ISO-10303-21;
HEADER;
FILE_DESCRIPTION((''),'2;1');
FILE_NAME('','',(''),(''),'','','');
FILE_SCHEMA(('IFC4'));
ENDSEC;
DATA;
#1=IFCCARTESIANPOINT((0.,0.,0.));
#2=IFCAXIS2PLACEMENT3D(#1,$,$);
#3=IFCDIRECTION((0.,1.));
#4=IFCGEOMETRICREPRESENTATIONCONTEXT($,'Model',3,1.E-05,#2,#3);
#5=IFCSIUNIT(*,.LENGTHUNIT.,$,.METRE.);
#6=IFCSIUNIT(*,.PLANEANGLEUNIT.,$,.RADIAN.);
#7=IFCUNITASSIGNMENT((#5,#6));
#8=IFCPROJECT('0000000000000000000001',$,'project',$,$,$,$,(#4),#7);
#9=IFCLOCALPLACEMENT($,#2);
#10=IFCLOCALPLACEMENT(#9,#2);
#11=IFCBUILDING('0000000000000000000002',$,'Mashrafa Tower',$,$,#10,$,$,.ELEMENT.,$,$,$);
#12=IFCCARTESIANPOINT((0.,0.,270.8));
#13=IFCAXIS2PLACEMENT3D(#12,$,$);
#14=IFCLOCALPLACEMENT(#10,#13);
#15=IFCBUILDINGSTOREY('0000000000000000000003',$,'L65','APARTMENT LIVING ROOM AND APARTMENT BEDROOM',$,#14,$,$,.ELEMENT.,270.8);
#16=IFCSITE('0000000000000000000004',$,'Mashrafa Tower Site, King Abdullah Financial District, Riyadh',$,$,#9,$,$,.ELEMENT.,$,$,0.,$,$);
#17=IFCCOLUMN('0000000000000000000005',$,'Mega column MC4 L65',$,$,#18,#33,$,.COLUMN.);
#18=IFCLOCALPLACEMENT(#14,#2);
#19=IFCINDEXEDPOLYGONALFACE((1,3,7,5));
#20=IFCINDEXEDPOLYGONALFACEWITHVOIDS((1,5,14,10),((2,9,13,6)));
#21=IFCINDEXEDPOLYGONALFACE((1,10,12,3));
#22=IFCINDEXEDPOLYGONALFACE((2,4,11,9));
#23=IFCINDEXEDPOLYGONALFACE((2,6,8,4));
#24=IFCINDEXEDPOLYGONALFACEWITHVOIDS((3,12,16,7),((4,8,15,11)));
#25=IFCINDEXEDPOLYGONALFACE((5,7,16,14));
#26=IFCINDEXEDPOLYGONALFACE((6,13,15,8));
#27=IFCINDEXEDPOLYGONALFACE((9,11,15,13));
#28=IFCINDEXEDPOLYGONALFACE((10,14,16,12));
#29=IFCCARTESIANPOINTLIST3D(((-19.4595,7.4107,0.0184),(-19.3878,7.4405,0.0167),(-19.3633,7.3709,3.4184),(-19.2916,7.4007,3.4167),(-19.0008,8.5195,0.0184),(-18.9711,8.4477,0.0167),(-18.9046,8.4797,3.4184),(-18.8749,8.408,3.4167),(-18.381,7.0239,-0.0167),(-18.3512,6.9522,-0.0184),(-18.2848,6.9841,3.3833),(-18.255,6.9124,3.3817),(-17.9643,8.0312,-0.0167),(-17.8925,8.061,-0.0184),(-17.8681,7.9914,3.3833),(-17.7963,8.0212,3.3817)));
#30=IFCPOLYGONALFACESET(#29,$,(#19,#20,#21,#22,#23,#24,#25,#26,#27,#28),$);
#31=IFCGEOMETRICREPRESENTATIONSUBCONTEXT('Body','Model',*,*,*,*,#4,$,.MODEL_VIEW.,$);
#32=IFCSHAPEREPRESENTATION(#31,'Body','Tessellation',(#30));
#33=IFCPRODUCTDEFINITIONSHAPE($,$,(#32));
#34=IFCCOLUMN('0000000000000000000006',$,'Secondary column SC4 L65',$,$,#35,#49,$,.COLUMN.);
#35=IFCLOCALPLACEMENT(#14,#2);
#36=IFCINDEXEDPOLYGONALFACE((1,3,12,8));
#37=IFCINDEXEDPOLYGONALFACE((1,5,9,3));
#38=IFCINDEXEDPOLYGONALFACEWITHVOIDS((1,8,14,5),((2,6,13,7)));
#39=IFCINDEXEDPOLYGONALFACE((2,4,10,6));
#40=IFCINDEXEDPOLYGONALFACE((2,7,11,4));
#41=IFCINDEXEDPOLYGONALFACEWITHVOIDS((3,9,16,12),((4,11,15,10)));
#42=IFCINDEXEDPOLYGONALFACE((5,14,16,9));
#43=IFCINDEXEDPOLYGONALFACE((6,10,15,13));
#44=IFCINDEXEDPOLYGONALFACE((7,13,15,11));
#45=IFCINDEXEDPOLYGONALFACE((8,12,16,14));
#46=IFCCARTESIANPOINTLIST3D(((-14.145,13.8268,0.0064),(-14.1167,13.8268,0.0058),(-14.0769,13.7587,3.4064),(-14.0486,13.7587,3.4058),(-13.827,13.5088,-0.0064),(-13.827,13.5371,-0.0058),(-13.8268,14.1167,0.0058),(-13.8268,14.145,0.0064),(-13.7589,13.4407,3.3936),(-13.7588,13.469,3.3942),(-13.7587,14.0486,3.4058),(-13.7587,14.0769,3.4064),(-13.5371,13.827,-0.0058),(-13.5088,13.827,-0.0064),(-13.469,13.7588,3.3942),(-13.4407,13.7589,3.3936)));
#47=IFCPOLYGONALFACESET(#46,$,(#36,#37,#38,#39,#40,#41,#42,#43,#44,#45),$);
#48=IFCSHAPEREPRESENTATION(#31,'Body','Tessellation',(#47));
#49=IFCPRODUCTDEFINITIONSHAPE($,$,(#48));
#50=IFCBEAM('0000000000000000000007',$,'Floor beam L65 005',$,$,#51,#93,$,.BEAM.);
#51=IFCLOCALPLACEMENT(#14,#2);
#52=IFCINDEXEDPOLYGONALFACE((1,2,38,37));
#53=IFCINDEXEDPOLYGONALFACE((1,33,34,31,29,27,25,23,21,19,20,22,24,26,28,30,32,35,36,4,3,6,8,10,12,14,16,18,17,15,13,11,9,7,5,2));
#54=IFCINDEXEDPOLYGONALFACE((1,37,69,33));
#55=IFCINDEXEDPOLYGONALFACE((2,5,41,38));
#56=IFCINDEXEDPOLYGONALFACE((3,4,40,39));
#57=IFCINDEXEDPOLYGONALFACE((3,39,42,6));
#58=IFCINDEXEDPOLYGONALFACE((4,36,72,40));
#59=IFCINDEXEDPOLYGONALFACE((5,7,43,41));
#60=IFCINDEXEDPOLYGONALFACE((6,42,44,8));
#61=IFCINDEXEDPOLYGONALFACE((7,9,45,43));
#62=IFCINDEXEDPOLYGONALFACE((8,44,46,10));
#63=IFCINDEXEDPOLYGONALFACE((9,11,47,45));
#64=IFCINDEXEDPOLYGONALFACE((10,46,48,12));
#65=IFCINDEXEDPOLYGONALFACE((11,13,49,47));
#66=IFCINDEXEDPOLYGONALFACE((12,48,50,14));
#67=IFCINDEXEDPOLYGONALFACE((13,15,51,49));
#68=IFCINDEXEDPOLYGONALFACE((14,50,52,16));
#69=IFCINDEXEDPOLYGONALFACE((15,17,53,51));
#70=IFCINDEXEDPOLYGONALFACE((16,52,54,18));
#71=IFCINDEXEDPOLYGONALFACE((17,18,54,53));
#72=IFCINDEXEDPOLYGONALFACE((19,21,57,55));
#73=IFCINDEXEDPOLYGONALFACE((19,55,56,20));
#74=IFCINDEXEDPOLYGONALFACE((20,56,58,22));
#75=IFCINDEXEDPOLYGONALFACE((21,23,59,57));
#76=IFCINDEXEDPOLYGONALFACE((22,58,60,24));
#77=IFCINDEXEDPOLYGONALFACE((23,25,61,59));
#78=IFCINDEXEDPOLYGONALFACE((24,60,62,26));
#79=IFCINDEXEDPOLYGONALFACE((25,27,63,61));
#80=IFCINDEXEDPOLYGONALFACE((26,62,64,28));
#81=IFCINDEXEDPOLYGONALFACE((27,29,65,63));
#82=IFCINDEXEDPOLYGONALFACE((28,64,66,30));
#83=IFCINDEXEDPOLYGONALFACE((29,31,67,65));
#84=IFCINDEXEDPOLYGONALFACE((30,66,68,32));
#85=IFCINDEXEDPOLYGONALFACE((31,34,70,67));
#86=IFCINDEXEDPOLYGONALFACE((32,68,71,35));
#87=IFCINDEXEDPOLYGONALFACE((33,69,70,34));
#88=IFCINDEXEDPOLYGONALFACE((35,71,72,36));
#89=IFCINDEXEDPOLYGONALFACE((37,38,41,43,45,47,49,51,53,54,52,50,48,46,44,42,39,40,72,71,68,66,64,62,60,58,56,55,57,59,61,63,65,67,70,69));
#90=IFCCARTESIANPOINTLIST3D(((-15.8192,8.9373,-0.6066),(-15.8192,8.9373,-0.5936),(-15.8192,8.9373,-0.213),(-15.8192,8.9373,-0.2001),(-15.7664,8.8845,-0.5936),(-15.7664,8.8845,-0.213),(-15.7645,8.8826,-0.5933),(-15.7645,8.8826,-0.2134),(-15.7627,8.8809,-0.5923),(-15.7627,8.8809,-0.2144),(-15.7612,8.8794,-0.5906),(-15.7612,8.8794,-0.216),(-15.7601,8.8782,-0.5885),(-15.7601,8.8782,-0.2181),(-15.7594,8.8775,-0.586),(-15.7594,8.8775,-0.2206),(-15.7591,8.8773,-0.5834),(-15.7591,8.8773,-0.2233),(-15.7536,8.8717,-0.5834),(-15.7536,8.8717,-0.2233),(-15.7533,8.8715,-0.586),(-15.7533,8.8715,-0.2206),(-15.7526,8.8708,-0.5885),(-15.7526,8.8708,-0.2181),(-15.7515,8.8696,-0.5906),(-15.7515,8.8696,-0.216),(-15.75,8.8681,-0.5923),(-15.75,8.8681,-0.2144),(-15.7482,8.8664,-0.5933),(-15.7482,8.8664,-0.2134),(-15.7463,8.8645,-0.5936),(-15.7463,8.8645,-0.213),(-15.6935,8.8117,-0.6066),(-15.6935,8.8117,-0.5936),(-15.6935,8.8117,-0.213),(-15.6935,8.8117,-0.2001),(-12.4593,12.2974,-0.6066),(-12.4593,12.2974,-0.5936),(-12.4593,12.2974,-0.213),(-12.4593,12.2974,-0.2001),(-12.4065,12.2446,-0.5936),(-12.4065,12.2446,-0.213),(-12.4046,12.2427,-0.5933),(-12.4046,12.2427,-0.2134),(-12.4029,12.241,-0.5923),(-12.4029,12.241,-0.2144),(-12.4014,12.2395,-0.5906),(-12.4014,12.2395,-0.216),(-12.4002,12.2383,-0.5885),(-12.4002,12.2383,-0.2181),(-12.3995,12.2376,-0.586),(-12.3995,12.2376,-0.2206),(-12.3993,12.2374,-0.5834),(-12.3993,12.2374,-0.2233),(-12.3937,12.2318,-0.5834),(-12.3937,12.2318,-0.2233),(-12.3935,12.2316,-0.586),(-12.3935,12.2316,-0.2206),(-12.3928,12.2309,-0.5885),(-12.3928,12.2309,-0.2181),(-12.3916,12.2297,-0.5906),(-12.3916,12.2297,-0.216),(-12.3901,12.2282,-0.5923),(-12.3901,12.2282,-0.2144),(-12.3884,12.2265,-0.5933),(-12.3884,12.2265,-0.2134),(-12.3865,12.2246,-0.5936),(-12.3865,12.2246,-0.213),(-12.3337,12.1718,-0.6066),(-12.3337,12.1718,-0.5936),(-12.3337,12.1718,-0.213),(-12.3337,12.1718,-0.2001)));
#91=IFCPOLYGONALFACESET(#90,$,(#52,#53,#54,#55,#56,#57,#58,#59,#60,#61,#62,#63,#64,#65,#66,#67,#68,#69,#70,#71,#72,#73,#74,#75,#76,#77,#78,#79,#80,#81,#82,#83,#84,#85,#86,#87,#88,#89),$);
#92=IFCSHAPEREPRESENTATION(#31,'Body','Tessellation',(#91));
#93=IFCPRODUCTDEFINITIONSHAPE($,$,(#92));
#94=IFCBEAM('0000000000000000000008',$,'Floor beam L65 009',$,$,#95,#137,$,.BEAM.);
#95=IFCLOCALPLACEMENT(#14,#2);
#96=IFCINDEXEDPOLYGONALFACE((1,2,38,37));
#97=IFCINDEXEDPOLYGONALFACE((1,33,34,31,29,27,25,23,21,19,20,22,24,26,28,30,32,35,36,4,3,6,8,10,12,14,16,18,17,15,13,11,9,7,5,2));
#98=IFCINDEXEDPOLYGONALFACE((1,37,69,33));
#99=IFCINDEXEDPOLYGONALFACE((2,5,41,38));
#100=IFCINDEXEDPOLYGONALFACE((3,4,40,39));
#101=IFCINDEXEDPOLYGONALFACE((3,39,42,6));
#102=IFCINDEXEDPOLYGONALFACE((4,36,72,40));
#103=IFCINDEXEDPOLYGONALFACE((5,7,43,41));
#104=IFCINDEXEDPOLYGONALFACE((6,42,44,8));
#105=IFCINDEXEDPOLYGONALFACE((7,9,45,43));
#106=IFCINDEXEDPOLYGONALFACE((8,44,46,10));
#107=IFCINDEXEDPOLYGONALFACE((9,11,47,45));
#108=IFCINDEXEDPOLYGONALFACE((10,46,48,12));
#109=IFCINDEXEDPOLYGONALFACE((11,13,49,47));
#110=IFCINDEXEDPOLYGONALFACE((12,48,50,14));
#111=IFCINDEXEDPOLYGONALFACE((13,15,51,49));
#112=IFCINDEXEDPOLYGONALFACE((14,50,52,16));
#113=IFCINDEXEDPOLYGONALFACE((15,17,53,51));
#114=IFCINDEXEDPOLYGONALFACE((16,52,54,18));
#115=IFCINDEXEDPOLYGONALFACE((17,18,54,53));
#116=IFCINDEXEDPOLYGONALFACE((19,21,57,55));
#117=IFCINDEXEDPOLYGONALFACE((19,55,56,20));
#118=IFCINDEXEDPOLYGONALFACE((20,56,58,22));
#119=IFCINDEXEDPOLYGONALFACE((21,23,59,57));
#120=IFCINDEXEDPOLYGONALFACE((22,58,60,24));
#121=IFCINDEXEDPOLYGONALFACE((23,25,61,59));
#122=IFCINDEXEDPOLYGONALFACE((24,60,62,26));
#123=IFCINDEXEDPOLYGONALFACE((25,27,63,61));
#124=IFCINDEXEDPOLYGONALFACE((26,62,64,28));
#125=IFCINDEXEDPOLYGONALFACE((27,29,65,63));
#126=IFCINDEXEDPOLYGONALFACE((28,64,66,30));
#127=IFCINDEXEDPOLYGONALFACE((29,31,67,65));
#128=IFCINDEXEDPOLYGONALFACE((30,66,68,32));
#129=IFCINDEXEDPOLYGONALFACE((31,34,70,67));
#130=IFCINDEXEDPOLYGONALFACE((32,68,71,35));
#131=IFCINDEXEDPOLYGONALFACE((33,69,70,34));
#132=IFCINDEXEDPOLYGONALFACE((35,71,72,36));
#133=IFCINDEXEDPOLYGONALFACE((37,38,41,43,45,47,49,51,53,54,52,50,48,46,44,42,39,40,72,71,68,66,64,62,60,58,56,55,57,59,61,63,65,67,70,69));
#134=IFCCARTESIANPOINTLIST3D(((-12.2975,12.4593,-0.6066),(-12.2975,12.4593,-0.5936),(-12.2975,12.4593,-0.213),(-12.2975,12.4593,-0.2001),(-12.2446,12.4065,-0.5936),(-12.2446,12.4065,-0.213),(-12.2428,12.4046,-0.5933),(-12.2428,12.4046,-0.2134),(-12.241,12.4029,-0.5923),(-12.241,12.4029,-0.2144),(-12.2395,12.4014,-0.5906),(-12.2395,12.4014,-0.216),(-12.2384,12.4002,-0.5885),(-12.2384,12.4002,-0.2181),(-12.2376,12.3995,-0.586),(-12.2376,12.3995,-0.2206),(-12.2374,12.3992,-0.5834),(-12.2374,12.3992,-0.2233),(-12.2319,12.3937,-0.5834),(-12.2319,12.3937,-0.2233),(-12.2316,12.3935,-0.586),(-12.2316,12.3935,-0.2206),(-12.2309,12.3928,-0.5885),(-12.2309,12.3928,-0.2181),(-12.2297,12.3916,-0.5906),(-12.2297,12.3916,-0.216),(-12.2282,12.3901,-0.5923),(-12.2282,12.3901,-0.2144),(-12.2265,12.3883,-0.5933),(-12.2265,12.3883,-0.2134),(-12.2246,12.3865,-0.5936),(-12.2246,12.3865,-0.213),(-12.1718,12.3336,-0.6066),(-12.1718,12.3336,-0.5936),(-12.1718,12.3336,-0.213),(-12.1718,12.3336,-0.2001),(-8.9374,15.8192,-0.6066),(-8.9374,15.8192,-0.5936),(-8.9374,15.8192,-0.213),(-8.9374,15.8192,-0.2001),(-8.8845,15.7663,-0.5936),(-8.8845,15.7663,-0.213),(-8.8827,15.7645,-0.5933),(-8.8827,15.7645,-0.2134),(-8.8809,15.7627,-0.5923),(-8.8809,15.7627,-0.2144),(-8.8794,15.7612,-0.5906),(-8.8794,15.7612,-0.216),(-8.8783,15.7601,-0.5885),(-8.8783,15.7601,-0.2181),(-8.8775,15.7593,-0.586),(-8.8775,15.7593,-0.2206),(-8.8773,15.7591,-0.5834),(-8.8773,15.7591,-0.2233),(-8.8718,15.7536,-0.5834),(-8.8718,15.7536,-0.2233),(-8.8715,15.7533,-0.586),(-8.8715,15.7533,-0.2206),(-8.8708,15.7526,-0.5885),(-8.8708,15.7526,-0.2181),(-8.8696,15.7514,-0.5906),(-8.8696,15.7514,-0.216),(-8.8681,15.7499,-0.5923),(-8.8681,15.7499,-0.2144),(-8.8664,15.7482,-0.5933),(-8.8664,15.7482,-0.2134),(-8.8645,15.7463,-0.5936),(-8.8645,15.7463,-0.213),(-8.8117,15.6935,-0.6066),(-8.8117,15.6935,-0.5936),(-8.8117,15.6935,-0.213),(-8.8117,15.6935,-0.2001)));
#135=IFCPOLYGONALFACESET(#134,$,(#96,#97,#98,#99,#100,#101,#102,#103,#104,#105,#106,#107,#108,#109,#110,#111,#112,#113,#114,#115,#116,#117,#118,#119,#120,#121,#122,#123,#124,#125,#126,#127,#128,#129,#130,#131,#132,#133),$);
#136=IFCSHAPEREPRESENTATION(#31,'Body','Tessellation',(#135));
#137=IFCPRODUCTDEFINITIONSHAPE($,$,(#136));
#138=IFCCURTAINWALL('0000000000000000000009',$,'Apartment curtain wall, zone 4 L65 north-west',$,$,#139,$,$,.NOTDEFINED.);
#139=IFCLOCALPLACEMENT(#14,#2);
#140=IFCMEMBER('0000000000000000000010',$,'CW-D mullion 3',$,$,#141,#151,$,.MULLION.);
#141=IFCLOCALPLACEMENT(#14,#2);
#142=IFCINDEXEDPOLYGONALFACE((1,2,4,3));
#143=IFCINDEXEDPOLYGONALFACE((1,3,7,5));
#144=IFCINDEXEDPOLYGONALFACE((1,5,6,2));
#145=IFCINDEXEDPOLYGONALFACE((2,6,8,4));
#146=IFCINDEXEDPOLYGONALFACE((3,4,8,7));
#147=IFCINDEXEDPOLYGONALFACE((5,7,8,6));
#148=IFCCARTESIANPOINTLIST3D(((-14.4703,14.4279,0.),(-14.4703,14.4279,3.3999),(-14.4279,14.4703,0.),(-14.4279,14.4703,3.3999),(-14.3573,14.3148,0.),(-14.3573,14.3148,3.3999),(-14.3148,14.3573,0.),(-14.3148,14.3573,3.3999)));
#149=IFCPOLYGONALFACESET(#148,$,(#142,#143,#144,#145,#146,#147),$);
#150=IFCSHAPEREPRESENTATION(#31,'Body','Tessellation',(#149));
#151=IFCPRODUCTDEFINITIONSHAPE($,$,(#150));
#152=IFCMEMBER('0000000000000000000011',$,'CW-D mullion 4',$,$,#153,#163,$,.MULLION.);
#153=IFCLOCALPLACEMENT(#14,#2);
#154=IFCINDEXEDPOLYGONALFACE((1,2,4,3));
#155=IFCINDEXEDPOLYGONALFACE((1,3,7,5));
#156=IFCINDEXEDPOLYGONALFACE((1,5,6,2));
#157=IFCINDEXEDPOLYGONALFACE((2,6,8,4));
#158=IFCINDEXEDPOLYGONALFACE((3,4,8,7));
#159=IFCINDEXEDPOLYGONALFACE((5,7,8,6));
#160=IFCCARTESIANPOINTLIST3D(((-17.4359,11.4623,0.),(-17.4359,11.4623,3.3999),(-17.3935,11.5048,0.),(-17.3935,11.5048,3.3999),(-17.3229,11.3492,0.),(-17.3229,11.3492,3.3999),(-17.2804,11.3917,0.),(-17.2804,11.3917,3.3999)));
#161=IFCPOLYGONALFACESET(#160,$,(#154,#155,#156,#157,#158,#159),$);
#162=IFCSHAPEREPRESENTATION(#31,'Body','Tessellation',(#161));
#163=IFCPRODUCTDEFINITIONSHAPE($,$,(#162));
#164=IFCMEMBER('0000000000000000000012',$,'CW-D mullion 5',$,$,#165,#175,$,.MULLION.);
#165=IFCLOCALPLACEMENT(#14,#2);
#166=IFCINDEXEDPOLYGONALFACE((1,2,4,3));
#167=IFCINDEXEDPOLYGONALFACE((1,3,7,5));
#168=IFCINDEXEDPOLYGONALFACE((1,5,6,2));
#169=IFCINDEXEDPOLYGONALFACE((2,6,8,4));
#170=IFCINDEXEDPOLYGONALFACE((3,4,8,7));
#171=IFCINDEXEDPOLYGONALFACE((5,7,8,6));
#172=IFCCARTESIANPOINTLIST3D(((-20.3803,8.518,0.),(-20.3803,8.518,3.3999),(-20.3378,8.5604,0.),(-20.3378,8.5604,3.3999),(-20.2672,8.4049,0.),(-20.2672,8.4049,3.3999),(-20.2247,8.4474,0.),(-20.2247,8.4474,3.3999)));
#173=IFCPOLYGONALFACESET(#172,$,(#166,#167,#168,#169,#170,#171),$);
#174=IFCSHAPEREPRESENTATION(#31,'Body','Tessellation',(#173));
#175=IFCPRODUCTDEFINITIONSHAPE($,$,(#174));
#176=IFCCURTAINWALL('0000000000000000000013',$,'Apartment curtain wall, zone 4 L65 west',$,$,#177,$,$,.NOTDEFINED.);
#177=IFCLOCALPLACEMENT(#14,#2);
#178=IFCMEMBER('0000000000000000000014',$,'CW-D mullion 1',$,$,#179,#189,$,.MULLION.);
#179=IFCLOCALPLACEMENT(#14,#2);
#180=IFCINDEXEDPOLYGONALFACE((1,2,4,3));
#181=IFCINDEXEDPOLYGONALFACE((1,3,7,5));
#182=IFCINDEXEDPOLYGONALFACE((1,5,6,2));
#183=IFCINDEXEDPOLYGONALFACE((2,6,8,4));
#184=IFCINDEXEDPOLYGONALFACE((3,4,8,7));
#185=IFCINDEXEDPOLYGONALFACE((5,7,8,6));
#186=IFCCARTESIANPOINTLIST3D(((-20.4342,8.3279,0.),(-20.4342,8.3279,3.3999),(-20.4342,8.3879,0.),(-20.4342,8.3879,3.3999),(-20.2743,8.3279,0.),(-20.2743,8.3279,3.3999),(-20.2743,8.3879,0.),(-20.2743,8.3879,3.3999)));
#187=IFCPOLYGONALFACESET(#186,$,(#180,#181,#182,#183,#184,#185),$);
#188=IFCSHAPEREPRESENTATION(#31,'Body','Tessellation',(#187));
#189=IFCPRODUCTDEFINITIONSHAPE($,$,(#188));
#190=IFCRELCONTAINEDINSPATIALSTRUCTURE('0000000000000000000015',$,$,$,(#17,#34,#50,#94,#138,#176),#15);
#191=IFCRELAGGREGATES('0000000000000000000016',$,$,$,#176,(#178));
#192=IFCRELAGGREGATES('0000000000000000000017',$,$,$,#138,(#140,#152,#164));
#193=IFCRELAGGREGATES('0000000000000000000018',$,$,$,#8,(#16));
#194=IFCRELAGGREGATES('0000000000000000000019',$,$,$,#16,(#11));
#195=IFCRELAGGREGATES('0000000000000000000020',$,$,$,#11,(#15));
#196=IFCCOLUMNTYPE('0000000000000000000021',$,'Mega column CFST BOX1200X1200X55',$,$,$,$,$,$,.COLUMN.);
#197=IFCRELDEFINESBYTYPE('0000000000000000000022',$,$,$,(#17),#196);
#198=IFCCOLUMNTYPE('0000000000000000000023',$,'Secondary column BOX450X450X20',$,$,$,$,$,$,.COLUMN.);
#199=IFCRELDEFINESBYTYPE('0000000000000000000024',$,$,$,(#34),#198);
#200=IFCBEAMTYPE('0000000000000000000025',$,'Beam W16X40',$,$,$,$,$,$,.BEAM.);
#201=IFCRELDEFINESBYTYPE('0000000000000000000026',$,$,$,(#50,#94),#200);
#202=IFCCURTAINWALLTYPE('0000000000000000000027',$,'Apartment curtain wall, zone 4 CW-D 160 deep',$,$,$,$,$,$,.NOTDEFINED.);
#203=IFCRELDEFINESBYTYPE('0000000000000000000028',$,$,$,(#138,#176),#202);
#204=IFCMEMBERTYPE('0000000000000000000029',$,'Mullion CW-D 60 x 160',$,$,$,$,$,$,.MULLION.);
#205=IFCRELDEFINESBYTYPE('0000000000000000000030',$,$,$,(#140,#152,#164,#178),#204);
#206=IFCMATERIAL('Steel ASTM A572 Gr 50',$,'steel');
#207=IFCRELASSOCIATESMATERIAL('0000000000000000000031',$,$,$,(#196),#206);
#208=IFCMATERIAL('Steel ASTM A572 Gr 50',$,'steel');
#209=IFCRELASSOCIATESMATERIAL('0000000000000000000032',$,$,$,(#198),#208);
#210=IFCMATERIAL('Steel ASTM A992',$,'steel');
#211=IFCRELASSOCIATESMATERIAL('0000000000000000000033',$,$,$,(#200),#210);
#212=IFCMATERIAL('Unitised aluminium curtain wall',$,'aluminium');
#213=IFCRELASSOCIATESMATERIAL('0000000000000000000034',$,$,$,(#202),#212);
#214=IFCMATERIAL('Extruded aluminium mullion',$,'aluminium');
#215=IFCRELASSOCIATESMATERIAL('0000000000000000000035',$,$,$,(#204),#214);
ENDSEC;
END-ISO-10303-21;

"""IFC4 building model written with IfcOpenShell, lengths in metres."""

from ifc_helpers import new_model, si_unit, direction, frame, origin, origin_2d, place, context, subcontext, project, spatial, rectangle, hollow_rectangle, i_section, extrude, source, transform, mapped, material, material_profile, profile_set, type_object, type_shapes, element, aggregate, save


model = new_model("IFC4")

# Units and contexts
model_context = context("Model", 3, precision=1e-05, world=origin(), true_north=direction((0.0, 1.0)))
body_context = subcontext(model_context, "Body", "Model", "MODEL_VIEW")
ifc_project = project(units=[si_unit("LENGTHUNIT", "METRE"), si_unit("PLANEANGLEUNIT", "RADIAN")], contexts=[model_context])

# Site, building, storey
site_placement = place(None, origin())
site = spatial("IfcSite", under=ifc_project, at=site_placement, Name="Mashrafa Tower Site, King Abdullah Financial District, Riyadh", CompositionType="ELEMENT", RefElevation=0.0)
building_placement = place(site_placement, origin())
building = spatial("IfcBuilding", under=site, at=building_placement, Name="Mashrafa Tower", CompositionType="ELEMENT")
storey_placement = place(building_placement, frame((0.0, 0.0, 270.8)))
storey = spatial("IfcBuildingStorey", under=building, at=storey_placement, Name="L65", Description="APARTMENT LIVING ROOM AND APARTMENT BEDROOM", CompositionType="ELEMENT", Elevation=270.8)

# Columns
ifc_material_1 = material(Name="Steel ASTM A572 Gr 50", Category="steel")
ifc_material_profile_1 = material_profile(ifc_material_1, hollow_rectangle(XDim=1.2, YDim=1.2, WallThickness=0.0549, at=origin_2d()), Name="BOX1200X1200X55")
ifc_profile_set_1 = profile_set([ifc_material_profile_1], Name="Steel ASTM A572 Gr 50")
column_type_1 = type_object("IfcColumnType", Name="Mega column CFST BOX1200X1200X55", PredefinedType="COLUMN", material=ifc_profile_set_1)
column_1_placement = place(storey_placement, frame((-18.676, 7.7358, 0.0), z_axis=(0.028279, -0.011699, 0.999532), x_axis=(0.382283, 0.924045, 0.0)))
element("IfcColumn", 1, at=column_1_placement, inside=storey, type_object=column_type_1, Name="Mega column MC4 L65", PredefinedType="COLUMN", context=body_context, shape_type="SweptSolid", body=[
    extrude(hollow_rectangle(XDim=1.2, YDim=1.2, WallThickness=0.0549, at=origin_2d()), origin(), (0.0, 0.0, 1.0), 3.4016),
])
ifc_material_2 = material(Name="Steel ASTM A572 Gr 50", Category="steel")
ifc_material_profile_2 = material_profile(ifc_material_2, hollow_rectangle(XDim=0.45, YDim=0.45, WallThickness=0.02, at=origin_2d()), Name="BOX450X450X20")
ifc_profile_set_2 = profile_set([ifc_material_profile_2], Name="Steel ASTM A572 Gr 50")
column_type_2 = type_object("IfcColumnType", Name="Secondary column BOX450X450X20", PredefinedType="COLUMN", material=ifc_profile_set_2)
column_2_placement = place(storey_placement, frame((-13.8269, 13.8269, 0.0), z_axis=(0.020026, -0.020026, 0.999599), x_axis=(0.707107, 0.707107, 0.0)))
element("IfcColumn", 2, at=column_2_placement, inside=storey, type_object=column_type_2, Name="Secondary column SC4 L65", PredefinedType="COLUMN", context=body_context, shape_type="SweptSolid", body=[
    extrude(hollow_rectangle(XDim=0.45, YDim=0.45, WallThickness=0.02, at=origin_2d()), origin(), (0.0, 0.0, 1.0), 3.4014),
])

# Beams
ifc_material_3 = material(Name="Steel ASTM A992", Category="steel")
ifc_material_profile_3 = material_profile(ifc_material_3, i_section(OverallWidth=0.1777, OverallDepth=0.4065, WebThickness=0.0078, FlangeThickness=0.0129, FilletRadius=0.0103, at=origin_2d()), Name="W16X40")
ifc_profile_set_3 = profile_set([ifc_material_profile_3], Name="Steel ASTM A992")
beam_type = type_object("IfcBeamType", Name="Beam W16X40", PredefinedType="BEAM", material=ifc_profile_set_3)
for number, where, z_axis, x_axis, name in (
    (3, (-15.7563, 8.8745, -0.4033), (0.707081, 0.707132, 0.0), (-0.707132, 0.707081, 0.0), "Floor beam L65 005"),
    (4, (-12.2346, 12.3965, -0.4033), (0.707132, 0.707081, 0.0), (-0.707081, 0.707132, 0.0), "Floor beam L65 009"),
):
    element("IfcBeam", number, at=place(storey_placement, frame(where, z_axis=z_axis, x_axis=x_axis)), inside=storey, type_object=beam_type, Name=name, PredefinedType="BEAM", context=body_context, shape_type="SweptSolid", body=[
        extrude(i_section(OverallWidth=0.1777, OverallDepth=0.4065, WebThickness=0.0078, FlangeThickness=0.0129, FilletRadius=0.0103, at=origin_2d()), origin(), (0.0, 0.0, 1.0), 4.7517),
    ])

# Curtain walls, members
ifc_material_4 = material(Name="Unitised aluminium curtain wall", Category="aluminium")
curtain_wall_type = type_object("IfcCurtainWallType", Name="Apartment curtain wall, zone 4 CW-D 160 deep", PredefinedType="NOTDEFINED", material=ifc_material_4)
curtain_wall_1_placement = place(storey_placement, origin())
curtain_wall_1 = element("IfcCurtainWall", 5, at=curtain_wall_1_placement, inside=storey, type_object=curtain_wall_type, Name="Apartment curtain wall, zone 4 L65 north-west", PredefinedType="NOTDEFINED")
ifc_material_5 = material(Name="Extruded aluminium mullion", Category="aluminium")
ifc_material_profile_4 = material_profile(ifc_material_5, rectangle(XDim=0.1599, YDim=0.0601, at=origin_2d()), Name="Mullion 60x160")
ifc_profile_set_4 = profile_set([ifc_material_profile_4], Name="Extruded aluminium mullion")
member_type_1 = type_object("IfcMemberType", Name="Mullion CW-D 60 x 160", PredefinedType="MULLION", material=ifc_profile_set_4)
shared_shape_1 = source(origin(), body_context, "Body", "SweptSolid", [
    extrude(rectangle(XDim=0.1599, YDim=0.0601, at=origin_2d()), origin(), (0.0, 0.0, 1.0), 3.3999),
])
type_shapes(member_type_1, [shared_shape_1])
member_1_placement = place(storey_placement, frame((-14.3926, 14.3926, 0.0), z_axis=(0.0, 0.0, 1.0), x_axis=(0.707107, -0.707107, 0.0)))
member_1 = element("IfcMember", 6, at=member_1_placement, type_object=member_type_1, Name="CW-D mullion 3", PredefinedType="MULLION", context=body_context, shape_type="MappedRepresentation", body=[
    mapped(shared_shape_1, transform((0.0, 0.0, 0.0))),
])
member_2_placement = place(storey_placement, frame((-17.3582, 11.427, 0.0), z_axis=(0.0, 0.0, 1.0), x_axis=(0.707107, -0.707107, 0.0)))
member_2 = element("IfcMember", 7, at=member_2_placement, type_object=member_type_1, Name="CW-D mullion 4", PredefinedType="MULLION", context=body_context, shape_type="MappedRepresentation", body=[
    mapped(shared_shape_1, transform((0.0, 0.0, 0.0))),
])
member_3_placement = place(storey_placement, frame((-20.3025, 8.4827, 0.0), z_axis=(0.0, 0.0, 1.0), x_axis=(0.707107, -0.707107, 0.0)))
member_3 = element("IfcMember", 8, at=member_3_placement, type_object=member_type_1, Name="CW-D mullion 5", PredefinedType="MULLION", context=body_context, shape_type="MappedRepresentation", body=[
    mapped(shared_shape_1, transform((0.0, 0.0, 0.0))),
])
curtain_wall_2_placement = place(storey_placement, origin())
curtain_wall_2 = element("IfcCurtainWall", 9, at=curtain_wall_2_placement, inside=storey, type_object=curtain_wall_type, Name="Apartment curtain wall, zone 4 L65 west", PredefinedType="NOTDEFINED")
member_4_placement = place(storey_placement, frame((-20.3542, 8.3579, 0.0), z_axis=(0.0, 0.0, 1.0), x_axis=(1.0, 0.0, 0.0)))
member_4 = element("IfcMember", 10, at=member_4_placement, type_object=member_type_1, Name="CW-D mullion 1", PredefinedType="MULLION", context=body_context, shape_type="MappedRepresentation", body=[
    mapped(shared_shape_1, transform((0.0, 0.0, 0.0))),
])
aggregate(curtain_wall_2, [member_4])

aggregate(curtain_wall_1, [member_1, member_2, member_3])

save(model, "model.ifc")
